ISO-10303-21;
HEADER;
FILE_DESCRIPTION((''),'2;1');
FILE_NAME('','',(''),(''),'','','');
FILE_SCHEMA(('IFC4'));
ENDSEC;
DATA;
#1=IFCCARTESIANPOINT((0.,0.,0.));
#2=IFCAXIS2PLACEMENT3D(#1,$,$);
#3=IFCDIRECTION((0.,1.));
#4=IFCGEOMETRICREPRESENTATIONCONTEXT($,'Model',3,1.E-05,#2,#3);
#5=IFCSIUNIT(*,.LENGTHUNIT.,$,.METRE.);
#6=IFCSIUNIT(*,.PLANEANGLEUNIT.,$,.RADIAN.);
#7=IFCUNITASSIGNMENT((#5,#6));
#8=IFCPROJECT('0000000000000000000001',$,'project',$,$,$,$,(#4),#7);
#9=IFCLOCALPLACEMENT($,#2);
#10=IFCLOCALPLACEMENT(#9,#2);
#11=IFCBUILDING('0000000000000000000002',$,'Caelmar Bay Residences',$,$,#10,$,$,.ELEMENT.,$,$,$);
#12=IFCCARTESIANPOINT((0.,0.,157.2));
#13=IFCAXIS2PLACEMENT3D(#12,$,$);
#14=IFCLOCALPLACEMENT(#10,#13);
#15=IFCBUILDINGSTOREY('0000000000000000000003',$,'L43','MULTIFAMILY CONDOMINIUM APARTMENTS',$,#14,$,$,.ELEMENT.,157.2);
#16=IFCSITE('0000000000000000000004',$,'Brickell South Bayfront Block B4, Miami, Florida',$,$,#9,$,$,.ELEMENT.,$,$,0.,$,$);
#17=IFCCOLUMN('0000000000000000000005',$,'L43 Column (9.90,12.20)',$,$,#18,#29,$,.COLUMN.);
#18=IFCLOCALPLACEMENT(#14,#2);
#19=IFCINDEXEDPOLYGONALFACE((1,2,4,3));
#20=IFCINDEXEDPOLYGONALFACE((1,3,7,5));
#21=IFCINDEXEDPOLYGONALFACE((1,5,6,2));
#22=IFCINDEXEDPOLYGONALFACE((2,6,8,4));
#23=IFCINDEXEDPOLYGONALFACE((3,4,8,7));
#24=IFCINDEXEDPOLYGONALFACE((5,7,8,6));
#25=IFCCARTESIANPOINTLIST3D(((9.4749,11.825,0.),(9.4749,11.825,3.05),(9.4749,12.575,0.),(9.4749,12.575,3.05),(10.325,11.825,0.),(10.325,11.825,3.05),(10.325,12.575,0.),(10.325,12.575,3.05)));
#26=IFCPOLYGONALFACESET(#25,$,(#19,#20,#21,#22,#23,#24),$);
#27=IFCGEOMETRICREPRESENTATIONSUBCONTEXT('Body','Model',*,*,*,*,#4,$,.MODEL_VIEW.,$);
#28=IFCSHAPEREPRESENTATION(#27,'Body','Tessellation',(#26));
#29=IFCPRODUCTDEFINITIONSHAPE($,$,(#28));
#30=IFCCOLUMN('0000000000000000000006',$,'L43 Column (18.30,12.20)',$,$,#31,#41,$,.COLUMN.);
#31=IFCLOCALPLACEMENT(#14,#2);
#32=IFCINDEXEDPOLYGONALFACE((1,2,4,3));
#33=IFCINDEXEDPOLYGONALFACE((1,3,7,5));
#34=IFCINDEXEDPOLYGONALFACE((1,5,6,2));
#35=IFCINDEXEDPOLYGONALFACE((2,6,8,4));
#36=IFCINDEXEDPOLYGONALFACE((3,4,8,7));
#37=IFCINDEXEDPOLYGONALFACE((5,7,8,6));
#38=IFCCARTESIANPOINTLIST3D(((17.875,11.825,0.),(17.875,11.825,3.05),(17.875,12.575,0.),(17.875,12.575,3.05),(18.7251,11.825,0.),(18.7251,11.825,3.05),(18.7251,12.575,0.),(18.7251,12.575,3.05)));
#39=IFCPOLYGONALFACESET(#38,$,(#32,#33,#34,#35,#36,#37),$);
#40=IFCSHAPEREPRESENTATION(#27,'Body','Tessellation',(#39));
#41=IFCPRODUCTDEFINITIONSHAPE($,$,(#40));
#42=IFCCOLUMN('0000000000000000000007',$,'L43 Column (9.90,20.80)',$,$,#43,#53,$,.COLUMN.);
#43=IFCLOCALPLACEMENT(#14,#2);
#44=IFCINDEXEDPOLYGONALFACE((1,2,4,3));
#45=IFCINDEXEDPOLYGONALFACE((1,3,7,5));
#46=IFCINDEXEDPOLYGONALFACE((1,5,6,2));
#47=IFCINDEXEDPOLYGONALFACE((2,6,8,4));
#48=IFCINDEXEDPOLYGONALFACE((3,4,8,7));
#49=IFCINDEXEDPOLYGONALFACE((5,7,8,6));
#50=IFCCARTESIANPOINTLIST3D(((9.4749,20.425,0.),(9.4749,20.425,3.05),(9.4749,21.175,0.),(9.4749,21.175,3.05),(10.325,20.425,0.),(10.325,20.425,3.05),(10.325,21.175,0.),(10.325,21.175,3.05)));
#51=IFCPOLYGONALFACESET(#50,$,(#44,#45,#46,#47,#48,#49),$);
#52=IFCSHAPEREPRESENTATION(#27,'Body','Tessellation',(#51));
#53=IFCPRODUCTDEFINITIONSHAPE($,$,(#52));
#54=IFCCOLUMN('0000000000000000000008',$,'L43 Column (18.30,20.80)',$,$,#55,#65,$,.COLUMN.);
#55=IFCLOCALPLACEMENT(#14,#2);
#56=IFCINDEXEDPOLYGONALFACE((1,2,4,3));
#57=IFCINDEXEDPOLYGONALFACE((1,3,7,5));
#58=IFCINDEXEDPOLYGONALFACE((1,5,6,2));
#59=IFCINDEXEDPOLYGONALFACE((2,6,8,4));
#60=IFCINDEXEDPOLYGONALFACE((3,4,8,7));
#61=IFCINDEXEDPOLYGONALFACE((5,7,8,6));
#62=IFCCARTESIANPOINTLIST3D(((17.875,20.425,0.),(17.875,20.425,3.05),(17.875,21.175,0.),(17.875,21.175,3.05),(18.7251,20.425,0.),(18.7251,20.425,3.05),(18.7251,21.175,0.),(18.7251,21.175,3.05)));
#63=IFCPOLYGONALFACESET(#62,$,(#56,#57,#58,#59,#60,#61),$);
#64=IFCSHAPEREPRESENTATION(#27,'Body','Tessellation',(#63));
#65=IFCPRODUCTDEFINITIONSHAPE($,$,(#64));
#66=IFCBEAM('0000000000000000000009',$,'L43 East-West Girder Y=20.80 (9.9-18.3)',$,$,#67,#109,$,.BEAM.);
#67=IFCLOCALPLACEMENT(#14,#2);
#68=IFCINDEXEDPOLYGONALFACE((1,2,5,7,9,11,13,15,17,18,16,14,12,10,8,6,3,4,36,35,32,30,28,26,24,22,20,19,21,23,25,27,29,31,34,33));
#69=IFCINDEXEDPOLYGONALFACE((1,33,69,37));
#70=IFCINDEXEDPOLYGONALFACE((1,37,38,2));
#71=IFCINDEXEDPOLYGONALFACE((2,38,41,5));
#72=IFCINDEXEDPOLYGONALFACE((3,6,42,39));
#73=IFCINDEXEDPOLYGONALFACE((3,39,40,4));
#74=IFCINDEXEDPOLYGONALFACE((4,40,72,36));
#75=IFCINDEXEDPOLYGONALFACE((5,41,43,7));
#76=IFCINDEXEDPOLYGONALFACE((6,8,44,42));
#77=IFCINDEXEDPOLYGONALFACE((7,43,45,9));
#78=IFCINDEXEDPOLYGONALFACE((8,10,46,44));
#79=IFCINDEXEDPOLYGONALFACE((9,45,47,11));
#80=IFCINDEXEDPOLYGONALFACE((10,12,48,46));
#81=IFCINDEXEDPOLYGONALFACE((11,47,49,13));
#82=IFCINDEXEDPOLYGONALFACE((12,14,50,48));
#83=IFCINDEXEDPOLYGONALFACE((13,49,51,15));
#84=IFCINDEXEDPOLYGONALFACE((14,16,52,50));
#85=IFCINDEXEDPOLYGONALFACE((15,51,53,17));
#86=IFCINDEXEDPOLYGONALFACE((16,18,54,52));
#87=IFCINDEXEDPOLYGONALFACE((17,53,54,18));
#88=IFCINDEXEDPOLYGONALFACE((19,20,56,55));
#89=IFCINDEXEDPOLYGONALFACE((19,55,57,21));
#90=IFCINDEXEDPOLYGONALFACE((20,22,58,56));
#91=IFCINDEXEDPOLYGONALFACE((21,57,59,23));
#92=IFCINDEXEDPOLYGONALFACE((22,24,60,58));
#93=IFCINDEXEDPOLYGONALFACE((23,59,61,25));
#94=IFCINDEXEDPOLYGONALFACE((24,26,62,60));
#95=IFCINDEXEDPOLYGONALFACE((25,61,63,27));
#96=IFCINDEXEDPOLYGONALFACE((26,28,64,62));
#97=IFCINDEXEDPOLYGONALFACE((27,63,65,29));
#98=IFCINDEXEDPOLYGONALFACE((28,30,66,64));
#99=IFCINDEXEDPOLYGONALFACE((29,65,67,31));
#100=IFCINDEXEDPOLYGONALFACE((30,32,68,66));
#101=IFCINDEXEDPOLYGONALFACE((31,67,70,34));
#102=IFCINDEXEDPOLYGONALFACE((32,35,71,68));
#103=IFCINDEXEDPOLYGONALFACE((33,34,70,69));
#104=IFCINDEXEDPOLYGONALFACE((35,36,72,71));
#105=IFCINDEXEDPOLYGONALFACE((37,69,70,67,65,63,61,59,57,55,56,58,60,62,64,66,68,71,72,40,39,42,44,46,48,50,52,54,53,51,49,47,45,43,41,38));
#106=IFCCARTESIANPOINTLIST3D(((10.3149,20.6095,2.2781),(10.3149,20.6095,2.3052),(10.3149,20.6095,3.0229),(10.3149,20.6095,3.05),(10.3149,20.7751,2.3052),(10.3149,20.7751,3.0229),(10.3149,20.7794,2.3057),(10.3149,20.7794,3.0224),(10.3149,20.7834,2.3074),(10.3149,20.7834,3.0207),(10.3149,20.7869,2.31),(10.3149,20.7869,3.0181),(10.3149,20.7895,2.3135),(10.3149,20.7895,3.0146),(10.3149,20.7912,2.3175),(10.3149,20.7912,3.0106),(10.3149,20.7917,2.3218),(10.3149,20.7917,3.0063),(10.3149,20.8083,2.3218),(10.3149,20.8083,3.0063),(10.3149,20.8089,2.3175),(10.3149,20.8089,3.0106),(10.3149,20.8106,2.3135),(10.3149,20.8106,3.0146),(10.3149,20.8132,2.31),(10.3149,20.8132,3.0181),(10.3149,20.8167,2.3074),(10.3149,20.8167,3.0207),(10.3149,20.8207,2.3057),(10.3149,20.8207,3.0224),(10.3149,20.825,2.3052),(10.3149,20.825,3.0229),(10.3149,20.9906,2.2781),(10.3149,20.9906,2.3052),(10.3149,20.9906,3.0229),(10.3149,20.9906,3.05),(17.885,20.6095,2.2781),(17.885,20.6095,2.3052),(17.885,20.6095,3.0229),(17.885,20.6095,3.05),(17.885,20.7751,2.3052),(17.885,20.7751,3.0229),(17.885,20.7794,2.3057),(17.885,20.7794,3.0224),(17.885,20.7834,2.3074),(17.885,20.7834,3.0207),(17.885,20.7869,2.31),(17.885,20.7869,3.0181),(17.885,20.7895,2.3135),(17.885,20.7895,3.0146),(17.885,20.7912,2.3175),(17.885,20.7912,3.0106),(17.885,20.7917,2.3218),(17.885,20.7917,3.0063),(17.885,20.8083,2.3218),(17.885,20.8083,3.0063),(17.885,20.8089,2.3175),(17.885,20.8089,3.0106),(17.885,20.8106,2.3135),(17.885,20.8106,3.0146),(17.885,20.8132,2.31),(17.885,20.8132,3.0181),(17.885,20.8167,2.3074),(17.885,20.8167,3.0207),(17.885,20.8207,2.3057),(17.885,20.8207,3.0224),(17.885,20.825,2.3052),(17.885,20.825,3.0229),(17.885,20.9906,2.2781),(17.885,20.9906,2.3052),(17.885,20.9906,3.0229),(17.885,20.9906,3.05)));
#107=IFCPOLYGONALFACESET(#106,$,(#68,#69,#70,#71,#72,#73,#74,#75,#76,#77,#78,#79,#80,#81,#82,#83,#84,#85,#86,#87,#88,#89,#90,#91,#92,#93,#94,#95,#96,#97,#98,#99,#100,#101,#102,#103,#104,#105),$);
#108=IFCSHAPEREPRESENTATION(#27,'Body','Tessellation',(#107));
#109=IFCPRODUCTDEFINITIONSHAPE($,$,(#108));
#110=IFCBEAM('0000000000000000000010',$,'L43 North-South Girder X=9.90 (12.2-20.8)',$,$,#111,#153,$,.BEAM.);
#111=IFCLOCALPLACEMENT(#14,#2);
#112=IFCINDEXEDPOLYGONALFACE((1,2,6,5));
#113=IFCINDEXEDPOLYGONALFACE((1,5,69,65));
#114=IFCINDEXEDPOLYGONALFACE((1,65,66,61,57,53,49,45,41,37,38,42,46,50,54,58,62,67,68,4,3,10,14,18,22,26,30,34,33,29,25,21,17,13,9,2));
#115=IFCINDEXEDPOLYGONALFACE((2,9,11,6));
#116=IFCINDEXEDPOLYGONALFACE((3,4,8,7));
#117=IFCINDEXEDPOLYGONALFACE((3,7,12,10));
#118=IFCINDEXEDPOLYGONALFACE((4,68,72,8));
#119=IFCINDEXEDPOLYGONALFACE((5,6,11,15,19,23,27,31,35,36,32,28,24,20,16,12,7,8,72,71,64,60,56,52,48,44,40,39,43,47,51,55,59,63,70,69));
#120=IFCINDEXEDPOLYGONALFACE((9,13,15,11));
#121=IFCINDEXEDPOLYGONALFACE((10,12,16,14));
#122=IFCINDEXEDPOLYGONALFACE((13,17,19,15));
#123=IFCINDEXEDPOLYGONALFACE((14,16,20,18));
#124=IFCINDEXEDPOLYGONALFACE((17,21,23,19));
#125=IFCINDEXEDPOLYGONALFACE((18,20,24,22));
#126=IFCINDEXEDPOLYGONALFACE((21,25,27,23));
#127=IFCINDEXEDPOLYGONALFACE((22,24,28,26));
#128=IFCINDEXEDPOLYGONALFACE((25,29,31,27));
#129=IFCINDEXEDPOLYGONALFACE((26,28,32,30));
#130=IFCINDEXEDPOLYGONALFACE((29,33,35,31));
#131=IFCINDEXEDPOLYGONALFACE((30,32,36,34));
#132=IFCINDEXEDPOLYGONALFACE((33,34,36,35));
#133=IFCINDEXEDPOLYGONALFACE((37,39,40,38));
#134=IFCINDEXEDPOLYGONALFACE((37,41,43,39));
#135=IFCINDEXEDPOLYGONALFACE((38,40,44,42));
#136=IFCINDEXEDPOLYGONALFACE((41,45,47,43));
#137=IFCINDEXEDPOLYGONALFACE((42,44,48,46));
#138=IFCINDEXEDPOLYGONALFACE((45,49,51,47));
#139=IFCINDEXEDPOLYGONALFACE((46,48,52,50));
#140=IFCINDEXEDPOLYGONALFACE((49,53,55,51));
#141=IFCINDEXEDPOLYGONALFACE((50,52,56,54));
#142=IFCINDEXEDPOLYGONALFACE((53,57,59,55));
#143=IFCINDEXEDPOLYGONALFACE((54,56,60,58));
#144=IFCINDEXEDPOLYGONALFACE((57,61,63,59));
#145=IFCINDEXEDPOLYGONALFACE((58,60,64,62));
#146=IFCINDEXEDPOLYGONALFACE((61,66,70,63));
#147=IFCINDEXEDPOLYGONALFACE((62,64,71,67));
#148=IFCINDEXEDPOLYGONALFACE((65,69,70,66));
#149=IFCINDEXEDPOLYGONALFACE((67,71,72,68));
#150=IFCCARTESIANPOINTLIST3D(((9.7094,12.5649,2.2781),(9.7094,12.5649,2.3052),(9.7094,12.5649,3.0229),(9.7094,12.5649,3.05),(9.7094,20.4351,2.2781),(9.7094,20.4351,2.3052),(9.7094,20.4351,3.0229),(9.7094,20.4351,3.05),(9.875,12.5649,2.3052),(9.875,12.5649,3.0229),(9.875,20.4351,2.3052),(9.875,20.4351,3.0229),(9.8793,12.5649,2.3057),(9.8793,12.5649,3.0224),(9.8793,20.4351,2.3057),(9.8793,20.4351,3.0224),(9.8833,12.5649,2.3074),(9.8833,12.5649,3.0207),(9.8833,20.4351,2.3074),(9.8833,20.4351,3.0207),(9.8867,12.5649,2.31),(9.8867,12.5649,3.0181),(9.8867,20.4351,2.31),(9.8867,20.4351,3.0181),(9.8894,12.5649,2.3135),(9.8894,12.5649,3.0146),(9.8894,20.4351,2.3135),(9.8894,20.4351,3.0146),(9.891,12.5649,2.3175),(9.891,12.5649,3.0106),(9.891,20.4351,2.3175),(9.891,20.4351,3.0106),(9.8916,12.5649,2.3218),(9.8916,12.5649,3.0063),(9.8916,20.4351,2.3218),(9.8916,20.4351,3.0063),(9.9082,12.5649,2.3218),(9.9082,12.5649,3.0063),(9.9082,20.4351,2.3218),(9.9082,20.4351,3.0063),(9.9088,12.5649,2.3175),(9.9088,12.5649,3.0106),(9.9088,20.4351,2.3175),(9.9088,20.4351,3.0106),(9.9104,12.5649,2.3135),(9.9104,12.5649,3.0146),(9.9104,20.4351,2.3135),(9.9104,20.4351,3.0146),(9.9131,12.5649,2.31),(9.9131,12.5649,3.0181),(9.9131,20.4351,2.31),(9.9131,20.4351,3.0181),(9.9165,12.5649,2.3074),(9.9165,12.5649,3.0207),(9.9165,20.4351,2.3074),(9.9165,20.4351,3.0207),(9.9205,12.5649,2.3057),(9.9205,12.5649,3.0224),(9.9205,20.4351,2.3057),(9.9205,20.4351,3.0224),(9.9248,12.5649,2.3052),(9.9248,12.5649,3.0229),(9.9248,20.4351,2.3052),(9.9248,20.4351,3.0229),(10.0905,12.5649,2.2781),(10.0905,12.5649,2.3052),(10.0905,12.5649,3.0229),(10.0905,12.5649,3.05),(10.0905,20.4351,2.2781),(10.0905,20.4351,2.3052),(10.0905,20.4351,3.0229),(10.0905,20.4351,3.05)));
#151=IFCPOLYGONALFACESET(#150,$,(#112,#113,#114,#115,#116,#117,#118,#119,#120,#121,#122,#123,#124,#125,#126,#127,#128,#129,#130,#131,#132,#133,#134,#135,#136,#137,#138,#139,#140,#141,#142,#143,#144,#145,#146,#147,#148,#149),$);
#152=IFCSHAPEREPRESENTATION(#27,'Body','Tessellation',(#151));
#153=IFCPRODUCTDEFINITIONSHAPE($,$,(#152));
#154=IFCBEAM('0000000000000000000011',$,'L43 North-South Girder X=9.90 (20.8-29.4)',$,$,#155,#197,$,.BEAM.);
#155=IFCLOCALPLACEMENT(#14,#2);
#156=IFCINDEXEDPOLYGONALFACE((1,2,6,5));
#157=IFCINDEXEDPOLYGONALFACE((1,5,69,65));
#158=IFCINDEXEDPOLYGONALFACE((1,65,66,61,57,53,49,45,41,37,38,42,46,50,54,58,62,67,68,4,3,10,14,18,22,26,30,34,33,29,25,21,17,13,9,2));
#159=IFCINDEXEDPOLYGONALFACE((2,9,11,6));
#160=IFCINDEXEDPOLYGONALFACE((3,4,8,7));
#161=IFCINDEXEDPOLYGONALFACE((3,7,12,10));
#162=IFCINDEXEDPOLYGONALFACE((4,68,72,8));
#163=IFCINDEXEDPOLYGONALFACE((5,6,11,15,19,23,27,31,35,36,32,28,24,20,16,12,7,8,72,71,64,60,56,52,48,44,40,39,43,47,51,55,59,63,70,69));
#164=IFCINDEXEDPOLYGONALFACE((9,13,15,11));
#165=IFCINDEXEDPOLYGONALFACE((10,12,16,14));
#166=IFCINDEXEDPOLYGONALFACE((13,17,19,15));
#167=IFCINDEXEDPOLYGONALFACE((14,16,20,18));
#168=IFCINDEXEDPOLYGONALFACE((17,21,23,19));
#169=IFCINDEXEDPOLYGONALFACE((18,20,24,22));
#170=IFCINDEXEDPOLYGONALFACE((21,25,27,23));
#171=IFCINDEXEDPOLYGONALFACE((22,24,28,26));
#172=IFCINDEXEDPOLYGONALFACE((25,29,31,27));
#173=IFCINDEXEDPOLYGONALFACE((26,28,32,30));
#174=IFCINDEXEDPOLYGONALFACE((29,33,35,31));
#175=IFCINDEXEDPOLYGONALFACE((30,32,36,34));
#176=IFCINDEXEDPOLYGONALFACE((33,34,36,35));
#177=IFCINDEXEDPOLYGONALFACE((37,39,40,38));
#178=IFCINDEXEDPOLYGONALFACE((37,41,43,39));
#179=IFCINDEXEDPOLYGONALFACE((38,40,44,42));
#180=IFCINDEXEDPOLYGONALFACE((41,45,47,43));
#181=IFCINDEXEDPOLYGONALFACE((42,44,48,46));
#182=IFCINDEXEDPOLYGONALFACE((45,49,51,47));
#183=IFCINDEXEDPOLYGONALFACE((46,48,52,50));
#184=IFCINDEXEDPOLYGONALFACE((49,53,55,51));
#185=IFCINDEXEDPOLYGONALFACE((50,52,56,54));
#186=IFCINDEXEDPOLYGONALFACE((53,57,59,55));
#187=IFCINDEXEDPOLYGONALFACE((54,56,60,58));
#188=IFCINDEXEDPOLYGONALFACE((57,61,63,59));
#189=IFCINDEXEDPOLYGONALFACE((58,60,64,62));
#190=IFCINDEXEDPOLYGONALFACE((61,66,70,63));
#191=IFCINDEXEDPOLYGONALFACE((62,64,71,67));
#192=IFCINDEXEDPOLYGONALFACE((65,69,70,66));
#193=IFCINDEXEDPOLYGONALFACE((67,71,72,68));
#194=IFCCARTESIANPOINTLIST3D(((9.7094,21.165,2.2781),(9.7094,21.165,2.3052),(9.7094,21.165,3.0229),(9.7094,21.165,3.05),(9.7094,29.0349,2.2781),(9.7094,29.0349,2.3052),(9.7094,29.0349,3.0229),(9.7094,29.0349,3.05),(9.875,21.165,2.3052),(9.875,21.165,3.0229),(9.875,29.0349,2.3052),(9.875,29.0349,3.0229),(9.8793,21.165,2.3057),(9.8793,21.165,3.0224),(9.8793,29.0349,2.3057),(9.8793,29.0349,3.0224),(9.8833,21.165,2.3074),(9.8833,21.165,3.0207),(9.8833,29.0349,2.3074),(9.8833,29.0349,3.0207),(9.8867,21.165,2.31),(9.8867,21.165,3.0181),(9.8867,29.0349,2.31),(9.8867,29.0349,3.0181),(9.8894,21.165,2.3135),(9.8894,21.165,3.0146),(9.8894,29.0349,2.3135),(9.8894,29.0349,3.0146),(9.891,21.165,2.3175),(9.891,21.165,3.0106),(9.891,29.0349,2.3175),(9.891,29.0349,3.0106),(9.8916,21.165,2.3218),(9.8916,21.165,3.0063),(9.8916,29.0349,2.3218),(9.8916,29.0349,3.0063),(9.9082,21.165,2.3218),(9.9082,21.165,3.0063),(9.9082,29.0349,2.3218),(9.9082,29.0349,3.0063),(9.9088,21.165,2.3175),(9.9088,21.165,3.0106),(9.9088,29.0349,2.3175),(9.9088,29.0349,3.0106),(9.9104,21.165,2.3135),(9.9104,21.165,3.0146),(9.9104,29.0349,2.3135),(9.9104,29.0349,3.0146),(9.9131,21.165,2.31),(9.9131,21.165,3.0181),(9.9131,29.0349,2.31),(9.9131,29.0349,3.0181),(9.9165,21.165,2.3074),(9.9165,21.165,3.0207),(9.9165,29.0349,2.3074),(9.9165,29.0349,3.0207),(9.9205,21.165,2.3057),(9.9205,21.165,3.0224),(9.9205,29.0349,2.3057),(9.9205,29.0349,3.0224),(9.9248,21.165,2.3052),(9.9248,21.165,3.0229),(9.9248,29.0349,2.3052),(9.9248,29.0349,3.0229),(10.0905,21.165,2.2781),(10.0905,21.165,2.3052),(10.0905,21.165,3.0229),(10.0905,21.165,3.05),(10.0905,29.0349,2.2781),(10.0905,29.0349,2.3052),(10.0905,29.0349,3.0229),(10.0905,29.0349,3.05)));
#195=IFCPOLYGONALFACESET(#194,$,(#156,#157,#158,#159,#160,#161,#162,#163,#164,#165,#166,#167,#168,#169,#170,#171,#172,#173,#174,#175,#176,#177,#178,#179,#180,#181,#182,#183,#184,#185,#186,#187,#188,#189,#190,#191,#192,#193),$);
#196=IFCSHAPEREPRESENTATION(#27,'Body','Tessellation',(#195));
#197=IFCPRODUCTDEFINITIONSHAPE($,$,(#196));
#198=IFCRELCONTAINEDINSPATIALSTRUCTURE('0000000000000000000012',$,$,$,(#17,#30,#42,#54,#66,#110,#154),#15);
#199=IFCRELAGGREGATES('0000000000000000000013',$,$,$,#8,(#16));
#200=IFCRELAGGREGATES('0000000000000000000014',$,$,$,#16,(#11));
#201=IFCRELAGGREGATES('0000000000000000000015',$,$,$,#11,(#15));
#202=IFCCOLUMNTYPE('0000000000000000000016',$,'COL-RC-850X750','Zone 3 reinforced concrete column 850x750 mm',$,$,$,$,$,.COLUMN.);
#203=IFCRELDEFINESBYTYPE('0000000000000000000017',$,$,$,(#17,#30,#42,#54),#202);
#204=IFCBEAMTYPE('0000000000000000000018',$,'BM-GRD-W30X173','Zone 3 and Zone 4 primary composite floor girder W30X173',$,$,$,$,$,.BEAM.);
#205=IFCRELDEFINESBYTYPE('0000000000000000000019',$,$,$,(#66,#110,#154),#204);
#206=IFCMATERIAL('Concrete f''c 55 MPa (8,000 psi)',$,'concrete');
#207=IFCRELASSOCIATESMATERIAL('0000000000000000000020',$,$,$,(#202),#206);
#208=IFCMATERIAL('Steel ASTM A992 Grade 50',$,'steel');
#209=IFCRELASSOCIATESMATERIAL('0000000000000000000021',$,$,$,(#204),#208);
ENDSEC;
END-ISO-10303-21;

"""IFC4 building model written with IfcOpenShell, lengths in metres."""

from ifc_helpers import new_model, si_unit, direction, frame, origin, origin_2d, place, context, subcontext, project, spatial, rectangle, i_section, extrude, material, material_profile, profile_set, type_object, element, save


model = new_model("IFC4")

# Units and contexts
model_context = context("Model", 3, precision=1e-05, world=origin(), true_north=direction((0.0, 1.0)))
body_context = subcontext(model_context, "Body", "Model", "MODEL_VIEW")
ifc_project = project(units=[si_unit("LENGTHUNIT", "METRE"), si_unit("PLANEANGLEUNIT", "RADIAN")], contexts=[model_context])

# Site, building, storey
site_placement = place(None, origin())
site = spatial("IfcSite", under=ifc_project, at=site_placement, Name="Brickell South Bayfront Block B4, Miami, Florida", CompositionType="ELEMENT", RefElevation=0.0)
building_placement = place(site_placement, origin())
building = spatial("IfcBuilding", under=site, at=building_placement, Name="Caelmar Bay Residences", CompositionType="ELEMENT")
storey_placement = place(building_placement, frame((0.0, 0.0, 157.2)))
storey = spatial("IfcBuildingStorey", under=building, at=storey_placement, Name="L43", Description="MULTIFAMILY CONDOMINIUM APARTMENTS", CompositionType="ELEMENT", Elevation=157.2)

# Columns
ifc_material_1 = material(Name="Concrete f'c 55 MPa (8,000 psi)", Category="concrete")
ifc_material_profile_1 = material_profile(ifc_material_1, rectangle(XDim=0.8501, YDim=0.75, at=origin_2d()), Name="RC-COL-850X750")
ifc_profile_set_1 = profile_set([ifc_material_profile_1], Name="Concrete f'c 55 MPa (8,000 psi)")
column_type = type_object("IfcColumnType", Name="COL-RC-850X750", Description="Zone 3 reinforced concrete column 850x750 mm", PredefinedType="COLUMN", material=ifc_profile_set_1)
for number, where, z_axis, x_axis, name in (
    (1, (9.8999, 12.2, 0.0), (0.0, 0.0, 1.0), (1.0, 0.0, 0.0), "L43 Column (9.90,12.20)"),
    (2, (18.3, 12.2, 0.0), (0.0, 0.0, 1.0), (1.0, 0.0, 0.0), "L43 Column (18.30,12.20)"),
    (3, (9.8999, 20.8, 0.0), (0.0, 0.0, 1.0), (1.0, 0.0, 0.0), "L43 Column (9.90,20.80)"),
    (4, (18.3, 20.8, 0.0), (0.0, 0.0, 1.0), (1.0, 0.0, 0.0), "L43 Column (18.30,20.80)"),
):
    element("IfcColumn", number, at=place(storey_placement, frame(where, z_axis=z_axis, x_axis=x_axis)), inside=storey, type_object=column_type, Name=name, PredefinedType="COLUMN", context=body_context, shape_type="SweptSolid", body=[
        extrude(rectangle(XDim=0.8501, YDim=0.75, at=origin_2d()), origin(), (0.0, 0.0, 1.0), 3.05),
    ])

# Beams
ifc_material_2 = material(Name="Steel ASTM A992 Grade 50", Category="steel")
ifc_material_profile_2 = material_profile(ifc_material_2, i_section(OverallWidth=0.3811, OverallDepth=0.772, WebThickness=0.0166, FlangeThickness=0.0271, FilletRadius=0.0166, at=origin_2d()), Name="W30X173")
ifc_profile_set_2 = profile_set([ifc_material_profile_2], Name="Steel ASTM A992 Grade 50")
beam_type_1 = type_object("IfcBeamType", Name="BM-GRD-W30X173", Description="Zone 3 and Zone 4 primary composite floor girder W30X173", PredefinedType="BEAM", material=ifc_profile_set_2)
beam_1_placement = place(storey_placement, frame((10.3149, 20.8, 2.6641), z_axis=(1.0, 0.0, 0.0), x_axis=(0.0, 1.0, 0.0)))
element("IfcBeam", 5, at=beam_1_placement, inside=storey, type_object=beam_type_1, Name="L43 East-West Girder Y=20.80 (9.9-18.3)", PredefinedType="BEAM", context=body_context, shape_type="SweptSolid", body=[
    extrude(i_section(OverallWidth=0.3811, OverallDepth=0.772, WebThickness=0.0166, FlangeThickness=0.0271, FilletRadius=0.0166, at=origin_2d()), origin(), (0.0, 0.0, 1.0), 7.5701),
])
beam_2_placement = place(storey_placement, frame((9.8999, 12.5649, 2.6641), z_axis=(0.0, 1.0, 0.0), x_axis=(-1.0, 0.0, 0.0)))
element("IfcBeam", 6, at=beam_2_placement, inside=storey, type_object=beam_type_1, Name="L43 North-South Girder X=9.90 (12.2-20.8)", PredefinedType="BEAM", context=body_context, shape_type="SweptSolid", body=[
    extrude(i_section(OverallWidth=0.3811, OverallDepth=0.772, WebThickness=0.0166, FlangeThickness=0.0271, FilletRadius=0.0166, at=origin_2d()), origin(), (0.0, 0.0, 1.0), 7.8701),
])
beam_3_placement = place(storey_placement, frame((9.8999, 21.165, 2.6641), z_axis=(0.0, 1.0, 0.0), x_axis=(-1.0, 0.0, 0.0)))
element("IfcBeam", 7, at=beam_3_placement, inside=storey, type_object=beam_type_1, Name="L43 North-South Girder X=9.90 (20.8-29.4)", PredefinedType="BEAM", context=body_context, shape_type="SweptSolid", body=[
    extrude(i_section(OverallWidth=0.3811, OverallDepth=0.772, WebThickness=0.0166, FlangeThickness=0.0271, FilletRadius=0.0166, at=origin_2d()), origin(), (0.0, 0.0, 1.0), 7.8699),
])

save(model, "model.ifc")
